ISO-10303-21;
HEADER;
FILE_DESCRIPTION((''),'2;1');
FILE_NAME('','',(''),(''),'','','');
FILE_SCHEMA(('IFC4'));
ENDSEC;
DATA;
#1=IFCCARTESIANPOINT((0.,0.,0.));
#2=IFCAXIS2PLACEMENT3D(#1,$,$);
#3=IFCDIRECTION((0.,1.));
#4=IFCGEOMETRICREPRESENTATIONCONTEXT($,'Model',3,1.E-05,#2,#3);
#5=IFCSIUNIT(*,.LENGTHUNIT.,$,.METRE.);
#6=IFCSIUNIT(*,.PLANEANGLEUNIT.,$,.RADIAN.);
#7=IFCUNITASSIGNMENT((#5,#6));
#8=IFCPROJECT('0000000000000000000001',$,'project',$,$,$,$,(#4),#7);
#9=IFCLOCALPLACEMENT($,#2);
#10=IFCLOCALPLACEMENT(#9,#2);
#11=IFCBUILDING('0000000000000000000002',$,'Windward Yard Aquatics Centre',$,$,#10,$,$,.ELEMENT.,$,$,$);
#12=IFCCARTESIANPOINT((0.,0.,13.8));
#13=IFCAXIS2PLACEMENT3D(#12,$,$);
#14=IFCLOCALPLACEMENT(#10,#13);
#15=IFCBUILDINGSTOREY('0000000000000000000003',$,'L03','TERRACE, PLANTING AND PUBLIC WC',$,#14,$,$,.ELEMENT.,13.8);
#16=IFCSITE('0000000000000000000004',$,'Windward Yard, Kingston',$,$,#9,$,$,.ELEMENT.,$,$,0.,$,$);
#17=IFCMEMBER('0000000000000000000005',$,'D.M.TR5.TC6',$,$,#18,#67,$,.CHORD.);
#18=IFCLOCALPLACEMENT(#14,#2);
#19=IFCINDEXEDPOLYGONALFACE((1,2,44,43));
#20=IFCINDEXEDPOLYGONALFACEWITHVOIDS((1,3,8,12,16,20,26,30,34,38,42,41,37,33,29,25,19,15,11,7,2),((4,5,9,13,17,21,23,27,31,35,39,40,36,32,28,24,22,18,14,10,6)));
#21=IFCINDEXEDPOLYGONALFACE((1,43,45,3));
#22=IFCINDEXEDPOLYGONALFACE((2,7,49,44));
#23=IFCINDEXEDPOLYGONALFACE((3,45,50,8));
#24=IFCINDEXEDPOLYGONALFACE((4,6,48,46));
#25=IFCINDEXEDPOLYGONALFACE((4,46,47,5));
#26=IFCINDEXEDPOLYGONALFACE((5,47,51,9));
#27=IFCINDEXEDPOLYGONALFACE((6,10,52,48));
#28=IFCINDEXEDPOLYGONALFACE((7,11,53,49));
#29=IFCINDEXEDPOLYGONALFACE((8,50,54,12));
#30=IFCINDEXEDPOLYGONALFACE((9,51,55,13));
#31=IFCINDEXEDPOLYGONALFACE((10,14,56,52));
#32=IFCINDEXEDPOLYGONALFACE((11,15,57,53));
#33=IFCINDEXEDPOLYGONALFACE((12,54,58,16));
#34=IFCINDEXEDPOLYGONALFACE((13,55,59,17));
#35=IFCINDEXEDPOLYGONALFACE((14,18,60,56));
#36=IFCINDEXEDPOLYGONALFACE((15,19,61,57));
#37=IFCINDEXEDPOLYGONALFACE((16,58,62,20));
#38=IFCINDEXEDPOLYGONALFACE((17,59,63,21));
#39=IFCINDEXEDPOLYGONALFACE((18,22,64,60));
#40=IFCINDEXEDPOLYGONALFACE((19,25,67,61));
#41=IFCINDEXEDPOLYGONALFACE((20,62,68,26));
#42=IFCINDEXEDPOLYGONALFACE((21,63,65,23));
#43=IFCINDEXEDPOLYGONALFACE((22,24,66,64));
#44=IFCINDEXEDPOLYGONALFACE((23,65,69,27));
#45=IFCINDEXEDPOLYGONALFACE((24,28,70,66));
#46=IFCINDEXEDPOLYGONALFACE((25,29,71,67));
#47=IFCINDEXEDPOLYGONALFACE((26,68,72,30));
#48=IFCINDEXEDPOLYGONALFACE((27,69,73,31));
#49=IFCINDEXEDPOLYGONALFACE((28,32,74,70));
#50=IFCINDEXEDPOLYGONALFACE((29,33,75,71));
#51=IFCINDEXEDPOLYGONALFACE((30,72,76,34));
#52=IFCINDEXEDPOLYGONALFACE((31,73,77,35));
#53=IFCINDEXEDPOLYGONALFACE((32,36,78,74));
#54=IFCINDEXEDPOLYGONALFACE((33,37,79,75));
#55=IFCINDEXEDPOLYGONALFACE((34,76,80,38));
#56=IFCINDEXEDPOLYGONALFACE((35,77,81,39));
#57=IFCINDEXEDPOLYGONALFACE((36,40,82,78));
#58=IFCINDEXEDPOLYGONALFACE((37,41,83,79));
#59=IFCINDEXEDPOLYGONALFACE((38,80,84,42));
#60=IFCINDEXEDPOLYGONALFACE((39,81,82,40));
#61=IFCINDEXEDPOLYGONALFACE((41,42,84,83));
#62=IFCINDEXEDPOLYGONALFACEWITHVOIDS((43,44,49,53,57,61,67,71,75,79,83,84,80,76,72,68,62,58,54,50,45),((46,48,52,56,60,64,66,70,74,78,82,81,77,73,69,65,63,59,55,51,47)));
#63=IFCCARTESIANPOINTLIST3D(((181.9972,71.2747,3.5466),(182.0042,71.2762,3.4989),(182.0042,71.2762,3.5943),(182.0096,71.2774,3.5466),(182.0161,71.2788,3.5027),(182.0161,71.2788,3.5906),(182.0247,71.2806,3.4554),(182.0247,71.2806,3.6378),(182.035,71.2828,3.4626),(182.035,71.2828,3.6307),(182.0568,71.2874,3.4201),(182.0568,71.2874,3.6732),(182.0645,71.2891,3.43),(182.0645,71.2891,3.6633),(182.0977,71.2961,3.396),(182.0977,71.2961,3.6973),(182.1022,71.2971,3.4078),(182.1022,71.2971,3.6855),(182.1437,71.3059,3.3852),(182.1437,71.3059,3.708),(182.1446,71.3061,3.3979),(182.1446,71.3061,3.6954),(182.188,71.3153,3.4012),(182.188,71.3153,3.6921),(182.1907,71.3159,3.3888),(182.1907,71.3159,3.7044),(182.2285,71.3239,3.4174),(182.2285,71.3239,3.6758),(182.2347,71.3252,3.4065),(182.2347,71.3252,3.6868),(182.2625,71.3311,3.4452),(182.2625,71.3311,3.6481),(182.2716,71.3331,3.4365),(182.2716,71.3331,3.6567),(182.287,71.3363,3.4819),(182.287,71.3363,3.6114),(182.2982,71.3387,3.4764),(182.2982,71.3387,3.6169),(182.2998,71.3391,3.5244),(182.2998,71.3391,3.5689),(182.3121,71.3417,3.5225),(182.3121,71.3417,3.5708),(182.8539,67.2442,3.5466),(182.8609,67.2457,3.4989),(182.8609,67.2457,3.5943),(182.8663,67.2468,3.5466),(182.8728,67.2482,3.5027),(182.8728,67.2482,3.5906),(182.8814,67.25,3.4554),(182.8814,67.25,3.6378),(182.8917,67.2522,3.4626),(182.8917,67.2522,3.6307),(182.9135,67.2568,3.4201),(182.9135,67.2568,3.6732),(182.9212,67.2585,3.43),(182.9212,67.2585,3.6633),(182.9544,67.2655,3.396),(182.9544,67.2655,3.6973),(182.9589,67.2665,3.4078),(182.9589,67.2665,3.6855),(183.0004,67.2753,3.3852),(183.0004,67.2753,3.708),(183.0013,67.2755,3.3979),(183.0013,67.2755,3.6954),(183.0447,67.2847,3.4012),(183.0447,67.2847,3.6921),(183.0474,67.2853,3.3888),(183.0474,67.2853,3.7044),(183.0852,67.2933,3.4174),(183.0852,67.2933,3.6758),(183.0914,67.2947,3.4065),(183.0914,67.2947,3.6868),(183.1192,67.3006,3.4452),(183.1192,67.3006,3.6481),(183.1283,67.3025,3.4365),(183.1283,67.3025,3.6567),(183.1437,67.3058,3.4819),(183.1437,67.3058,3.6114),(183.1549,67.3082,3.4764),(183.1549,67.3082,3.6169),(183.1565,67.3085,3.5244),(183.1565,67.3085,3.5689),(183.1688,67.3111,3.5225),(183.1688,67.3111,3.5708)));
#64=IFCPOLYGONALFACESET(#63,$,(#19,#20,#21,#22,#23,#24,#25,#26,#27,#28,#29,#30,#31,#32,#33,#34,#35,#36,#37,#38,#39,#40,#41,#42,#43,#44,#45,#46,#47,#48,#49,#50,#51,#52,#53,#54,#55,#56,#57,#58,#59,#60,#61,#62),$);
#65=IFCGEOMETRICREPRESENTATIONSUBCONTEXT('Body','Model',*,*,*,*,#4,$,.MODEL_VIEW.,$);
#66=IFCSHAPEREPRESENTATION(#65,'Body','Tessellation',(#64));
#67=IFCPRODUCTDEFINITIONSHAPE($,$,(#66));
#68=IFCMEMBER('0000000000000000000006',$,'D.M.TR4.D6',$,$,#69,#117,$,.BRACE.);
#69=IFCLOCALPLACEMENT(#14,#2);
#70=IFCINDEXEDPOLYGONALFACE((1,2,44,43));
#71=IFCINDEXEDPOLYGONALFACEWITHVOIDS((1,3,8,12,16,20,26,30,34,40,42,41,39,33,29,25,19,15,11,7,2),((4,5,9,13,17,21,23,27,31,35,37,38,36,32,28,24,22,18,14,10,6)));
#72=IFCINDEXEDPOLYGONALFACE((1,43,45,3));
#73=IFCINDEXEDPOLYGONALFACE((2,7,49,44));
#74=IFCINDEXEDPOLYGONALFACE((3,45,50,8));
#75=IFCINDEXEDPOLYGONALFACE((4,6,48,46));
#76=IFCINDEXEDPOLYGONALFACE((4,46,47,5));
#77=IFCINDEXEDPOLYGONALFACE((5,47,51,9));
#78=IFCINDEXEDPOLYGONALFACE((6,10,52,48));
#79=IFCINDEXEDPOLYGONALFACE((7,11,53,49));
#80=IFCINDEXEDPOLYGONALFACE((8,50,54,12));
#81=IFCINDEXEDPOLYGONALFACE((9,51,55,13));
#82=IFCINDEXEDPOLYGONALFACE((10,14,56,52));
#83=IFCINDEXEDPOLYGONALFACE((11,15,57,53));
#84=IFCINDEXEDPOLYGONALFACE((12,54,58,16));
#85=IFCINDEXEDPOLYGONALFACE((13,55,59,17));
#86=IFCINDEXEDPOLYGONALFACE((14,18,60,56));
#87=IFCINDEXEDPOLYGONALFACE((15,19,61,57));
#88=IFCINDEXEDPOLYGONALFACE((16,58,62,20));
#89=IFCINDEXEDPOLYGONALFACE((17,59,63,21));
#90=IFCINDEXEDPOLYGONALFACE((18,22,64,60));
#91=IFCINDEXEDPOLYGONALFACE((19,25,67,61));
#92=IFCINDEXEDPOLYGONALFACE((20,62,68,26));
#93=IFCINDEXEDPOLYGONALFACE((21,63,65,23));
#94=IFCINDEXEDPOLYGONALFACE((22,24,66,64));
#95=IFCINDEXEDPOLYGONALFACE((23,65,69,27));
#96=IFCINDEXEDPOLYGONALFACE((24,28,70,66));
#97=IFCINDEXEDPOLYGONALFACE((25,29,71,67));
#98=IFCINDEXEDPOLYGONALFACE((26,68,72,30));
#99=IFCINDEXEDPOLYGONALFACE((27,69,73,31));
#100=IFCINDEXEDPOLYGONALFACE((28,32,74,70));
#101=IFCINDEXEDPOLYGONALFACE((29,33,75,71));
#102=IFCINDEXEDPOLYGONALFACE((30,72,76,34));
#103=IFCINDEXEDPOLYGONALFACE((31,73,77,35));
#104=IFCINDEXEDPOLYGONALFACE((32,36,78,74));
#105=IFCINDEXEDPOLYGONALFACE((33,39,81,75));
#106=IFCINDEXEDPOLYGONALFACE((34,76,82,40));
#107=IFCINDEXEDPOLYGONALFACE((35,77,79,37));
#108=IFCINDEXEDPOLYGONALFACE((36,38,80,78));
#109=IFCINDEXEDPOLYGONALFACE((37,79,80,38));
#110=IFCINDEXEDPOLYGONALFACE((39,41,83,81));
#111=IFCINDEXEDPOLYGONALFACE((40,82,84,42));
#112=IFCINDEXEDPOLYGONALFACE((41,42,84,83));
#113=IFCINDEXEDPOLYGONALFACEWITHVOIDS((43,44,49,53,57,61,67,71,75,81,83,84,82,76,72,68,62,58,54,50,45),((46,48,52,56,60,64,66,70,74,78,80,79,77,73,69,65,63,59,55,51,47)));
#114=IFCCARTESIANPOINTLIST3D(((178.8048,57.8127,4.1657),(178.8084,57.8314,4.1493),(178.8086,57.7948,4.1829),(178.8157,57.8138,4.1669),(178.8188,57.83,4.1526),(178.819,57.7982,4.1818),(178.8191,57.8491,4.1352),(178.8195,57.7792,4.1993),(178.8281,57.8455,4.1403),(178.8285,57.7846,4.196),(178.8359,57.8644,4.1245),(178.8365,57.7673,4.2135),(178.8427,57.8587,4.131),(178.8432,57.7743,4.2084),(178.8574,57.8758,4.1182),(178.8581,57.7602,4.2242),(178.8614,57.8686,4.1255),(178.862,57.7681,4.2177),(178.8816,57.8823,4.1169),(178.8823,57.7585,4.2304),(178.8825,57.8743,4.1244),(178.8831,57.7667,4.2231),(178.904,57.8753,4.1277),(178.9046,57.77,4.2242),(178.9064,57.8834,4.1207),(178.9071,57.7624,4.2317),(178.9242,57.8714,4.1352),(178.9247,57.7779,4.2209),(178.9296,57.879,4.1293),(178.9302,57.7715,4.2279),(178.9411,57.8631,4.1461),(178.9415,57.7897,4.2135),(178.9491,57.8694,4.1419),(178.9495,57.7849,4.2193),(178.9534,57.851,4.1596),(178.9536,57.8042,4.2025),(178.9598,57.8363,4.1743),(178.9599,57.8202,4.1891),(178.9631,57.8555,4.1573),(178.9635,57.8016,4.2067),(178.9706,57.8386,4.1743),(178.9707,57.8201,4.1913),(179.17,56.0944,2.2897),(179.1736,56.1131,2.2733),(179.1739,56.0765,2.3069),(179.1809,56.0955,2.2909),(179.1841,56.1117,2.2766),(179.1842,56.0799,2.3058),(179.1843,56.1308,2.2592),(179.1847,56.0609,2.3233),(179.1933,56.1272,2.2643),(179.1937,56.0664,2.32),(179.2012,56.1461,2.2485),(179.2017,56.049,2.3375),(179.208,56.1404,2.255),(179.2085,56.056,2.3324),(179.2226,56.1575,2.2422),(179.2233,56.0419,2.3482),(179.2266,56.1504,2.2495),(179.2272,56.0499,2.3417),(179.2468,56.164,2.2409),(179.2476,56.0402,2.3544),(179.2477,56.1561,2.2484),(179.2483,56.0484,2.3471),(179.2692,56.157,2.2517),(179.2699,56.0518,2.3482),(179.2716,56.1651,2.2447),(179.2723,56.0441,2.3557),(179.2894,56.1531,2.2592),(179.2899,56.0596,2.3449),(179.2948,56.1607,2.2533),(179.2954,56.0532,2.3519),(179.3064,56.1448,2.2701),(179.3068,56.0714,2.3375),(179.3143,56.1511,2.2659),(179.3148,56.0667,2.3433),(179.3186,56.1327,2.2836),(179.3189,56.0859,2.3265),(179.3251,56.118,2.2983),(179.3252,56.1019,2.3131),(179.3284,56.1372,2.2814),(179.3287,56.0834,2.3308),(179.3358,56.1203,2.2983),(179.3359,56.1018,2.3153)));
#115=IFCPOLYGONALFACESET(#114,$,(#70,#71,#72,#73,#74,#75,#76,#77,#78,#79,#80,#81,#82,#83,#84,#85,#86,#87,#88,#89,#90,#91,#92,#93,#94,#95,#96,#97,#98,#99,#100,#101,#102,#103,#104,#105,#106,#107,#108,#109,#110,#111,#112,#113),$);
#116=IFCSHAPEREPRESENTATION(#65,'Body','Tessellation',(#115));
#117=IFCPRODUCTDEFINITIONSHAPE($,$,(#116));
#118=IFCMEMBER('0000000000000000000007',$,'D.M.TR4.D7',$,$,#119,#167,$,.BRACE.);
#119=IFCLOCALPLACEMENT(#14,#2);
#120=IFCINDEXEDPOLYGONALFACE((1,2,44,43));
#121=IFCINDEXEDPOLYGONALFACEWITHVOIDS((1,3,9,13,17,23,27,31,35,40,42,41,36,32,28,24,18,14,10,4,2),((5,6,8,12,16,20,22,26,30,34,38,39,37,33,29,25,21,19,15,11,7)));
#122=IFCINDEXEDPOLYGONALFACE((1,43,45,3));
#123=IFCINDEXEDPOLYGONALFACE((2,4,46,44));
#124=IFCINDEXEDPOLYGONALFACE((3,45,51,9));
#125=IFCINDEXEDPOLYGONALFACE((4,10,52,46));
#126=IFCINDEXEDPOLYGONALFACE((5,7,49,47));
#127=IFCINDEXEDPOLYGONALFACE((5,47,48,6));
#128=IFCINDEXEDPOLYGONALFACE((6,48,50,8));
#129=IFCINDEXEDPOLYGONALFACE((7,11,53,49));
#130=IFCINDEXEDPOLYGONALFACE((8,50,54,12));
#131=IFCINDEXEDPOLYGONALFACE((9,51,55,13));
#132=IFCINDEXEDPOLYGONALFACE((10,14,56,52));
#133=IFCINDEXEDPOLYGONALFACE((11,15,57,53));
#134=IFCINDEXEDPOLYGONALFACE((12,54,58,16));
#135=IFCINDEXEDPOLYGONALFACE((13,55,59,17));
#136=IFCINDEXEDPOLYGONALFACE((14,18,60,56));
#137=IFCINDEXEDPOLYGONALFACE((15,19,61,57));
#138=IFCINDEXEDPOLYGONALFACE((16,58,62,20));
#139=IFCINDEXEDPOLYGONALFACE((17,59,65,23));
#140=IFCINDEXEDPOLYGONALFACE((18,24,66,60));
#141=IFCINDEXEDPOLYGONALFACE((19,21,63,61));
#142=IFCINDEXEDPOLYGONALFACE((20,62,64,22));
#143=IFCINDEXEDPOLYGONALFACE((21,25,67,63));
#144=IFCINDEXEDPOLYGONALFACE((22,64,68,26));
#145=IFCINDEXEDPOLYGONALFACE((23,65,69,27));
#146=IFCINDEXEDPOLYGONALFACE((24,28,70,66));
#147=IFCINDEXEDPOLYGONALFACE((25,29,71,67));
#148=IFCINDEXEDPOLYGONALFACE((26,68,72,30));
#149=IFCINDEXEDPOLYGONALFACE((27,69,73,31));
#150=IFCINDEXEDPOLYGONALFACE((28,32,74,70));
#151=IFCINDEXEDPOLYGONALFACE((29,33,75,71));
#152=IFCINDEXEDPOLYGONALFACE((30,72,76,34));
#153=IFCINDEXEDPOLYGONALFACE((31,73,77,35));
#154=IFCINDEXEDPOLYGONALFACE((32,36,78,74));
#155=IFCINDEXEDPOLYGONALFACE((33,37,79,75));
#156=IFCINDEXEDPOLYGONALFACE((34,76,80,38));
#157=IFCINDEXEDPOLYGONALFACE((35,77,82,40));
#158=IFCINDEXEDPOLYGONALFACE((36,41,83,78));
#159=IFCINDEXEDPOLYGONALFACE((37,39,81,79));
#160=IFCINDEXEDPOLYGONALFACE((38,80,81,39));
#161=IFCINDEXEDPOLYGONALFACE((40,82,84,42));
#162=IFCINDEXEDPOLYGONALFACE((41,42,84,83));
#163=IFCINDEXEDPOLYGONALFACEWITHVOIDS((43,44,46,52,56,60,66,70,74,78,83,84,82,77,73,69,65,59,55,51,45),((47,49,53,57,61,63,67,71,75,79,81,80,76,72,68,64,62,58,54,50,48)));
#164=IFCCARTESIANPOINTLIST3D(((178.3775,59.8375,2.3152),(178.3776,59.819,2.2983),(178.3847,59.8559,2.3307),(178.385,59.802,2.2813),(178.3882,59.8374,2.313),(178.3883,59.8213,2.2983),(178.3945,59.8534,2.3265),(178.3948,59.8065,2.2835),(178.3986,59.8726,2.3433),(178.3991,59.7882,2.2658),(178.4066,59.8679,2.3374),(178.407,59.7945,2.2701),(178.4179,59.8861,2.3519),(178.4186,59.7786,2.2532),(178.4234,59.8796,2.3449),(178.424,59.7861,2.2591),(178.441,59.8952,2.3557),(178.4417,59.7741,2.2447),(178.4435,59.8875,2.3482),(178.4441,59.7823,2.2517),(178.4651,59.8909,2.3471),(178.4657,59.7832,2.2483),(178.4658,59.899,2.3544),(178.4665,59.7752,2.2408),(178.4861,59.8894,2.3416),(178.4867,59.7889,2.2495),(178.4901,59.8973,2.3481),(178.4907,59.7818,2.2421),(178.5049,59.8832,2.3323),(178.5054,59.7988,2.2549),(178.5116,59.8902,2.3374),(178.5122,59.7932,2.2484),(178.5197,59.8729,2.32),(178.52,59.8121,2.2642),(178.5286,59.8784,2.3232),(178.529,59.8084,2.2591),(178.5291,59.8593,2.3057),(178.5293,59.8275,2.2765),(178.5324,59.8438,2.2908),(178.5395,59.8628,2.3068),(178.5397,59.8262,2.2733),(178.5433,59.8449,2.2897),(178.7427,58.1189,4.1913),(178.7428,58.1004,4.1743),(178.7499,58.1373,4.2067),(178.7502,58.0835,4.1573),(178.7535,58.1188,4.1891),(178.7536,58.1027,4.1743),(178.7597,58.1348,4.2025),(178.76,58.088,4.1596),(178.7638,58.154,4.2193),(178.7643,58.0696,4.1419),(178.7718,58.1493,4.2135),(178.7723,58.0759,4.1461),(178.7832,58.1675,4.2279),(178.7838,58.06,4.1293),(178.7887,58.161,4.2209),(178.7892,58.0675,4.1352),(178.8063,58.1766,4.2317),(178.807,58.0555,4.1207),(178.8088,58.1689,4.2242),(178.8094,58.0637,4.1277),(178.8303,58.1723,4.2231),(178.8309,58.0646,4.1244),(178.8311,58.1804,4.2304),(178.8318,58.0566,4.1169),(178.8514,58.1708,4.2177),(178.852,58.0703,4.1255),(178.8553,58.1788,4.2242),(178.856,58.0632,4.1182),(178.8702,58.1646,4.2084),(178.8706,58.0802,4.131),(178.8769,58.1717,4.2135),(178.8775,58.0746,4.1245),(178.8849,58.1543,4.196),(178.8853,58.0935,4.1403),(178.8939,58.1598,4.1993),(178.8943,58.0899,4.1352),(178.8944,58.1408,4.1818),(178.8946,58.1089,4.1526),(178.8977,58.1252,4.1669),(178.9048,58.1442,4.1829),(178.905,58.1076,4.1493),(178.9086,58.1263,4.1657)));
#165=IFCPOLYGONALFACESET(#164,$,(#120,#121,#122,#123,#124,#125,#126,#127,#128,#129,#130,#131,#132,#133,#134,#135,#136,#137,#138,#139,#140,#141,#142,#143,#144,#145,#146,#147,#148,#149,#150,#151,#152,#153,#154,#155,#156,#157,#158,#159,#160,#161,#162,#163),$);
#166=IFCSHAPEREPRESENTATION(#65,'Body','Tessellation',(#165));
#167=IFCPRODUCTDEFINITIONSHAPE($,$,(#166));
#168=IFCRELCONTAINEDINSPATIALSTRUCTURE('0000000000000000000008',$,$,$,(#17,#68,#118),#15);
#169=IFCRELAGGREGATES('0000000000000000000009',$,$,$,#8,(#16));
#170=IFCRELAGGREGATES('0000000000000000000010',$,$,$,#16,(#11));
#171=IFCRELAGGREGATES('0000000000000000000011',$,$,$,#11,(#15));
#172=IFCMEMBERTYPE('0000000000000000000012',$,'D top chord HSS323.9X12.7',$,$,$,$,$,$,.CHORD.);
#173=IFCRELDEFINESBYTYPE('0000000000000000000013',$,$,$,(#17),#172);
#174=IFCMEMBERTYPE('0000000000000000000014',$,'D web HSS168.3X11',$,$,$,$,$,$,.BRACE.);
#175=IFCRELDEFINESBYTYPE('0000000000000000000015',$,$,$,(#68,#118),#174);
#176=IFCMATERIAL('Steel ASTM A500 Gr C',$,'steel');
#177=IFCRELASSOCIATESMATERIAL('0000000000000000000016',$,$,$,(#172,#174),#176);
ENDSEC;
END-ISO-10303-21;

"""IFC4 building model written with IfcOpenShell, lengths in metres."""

from ifc_helpers import new_model, si_unit, direction, frame, origin, origin_2d, place, context, subcontext, project, spatial, hollow_circle, extrude, material, material_profile, profile_set, type_object, element, save


model = new_model("IFC4")

# Units and contexts
model_context = context("Model", 3, precision=1e-05, world=origin(), true_north=direction((0.0, 1.0)))
body_context = subcontext(model_context, "Body", "Model", "MODEL_VIEW")
ifc_project = project(units=[si_unit("LENGTHUNIT", "METRE"), si_unit("PLANEANGLEUNIT", "RADIAN")], contexts=[model_context])

# Site, building, storey
site_placement = place(None, origin())
site = spatial("IfcSite", under=ifc_project, at=site_placement, Name="Windward Yard, Kingston", CompositionType="ELEMENT", RefElevation=0.0)
building_placement = place(site_placement, origin())
building = spatial("IfcBuilding", under=site, at=building_placement, Name="Windward Yard Aquatics Centre", CompositionType="ELEMENT")
storey_placement = place(building_placement, frame((0.0, 0.0, 13.8)))
storey = spatial("IfcBuildingStorey", under=building, at=storey_placement, Name="L03", Description="TERRACE, PLANTING AND PUBLIC WC", CompositionType="ELEMENT", Elevation=13.8)

# Members
ifc_material_1 = material(Name="Steel ASTM A500 Gr C", Category="steel")
ifc_material_profile_1 = material_profile(ifc_material_1, hollow_circle(Radius=0.1619, WallThickness=0.0127, at=origin_2d()), Name="HSS323.9X12.7")
ifc_profile_set_1 = profile_set([ifc_material_profile_1], Name="Steel ASTM A500 Gr C")
member_type_1 = type_object("IfcMemberType", Name="D top chord HSS323.9X12.7", PredefinedType="CHORD", material=ifc_profile_set_1)
member_1_placement = place(storey_placement, frame((183.0122, 67.2778, 3.5466), z_axis=(-0.207906, 0.978149, 0.0), x_axis=(-0.978149, -0.207906, 0.0)))
element("IfcMember", 1, at=member_1_placement, inside=storey, type_object=member_type_1, Name="D.M.TR5.TC6", PredefinedType="CHORD", context=body_context, shape_type="SweptSolid", body=[
    extrude(hollow_circle(Radius=0.1619, WallThickness=0.0127, at=origin_2d()), origin(), (0.0, 0.0, 1.0), 4.1206),
])
ifc_material_profile_2 = material_profile(ifc_material_1, hollow_circle(Radius=0.0842, WallThickness=0.011, at=origin_2d()), Name="HSS168.3X11")
ifc_profile_set_2 = profile_set([ifc_material_profile_2], Name="Steel ASTM A500 Gr C")
member_type_2 = type_object("IfcMemberType", Name="D web HSS168.3X11", PredefinedType="BRACE", material=ifc_profile_set_2)
member_2_placement = place(storey_placement, frame((178.8882, 57.821, 4.1743), z_axis=(0.142112, -0.668574, -0.729941), x_axis=(0.978147, 0.207915, 0.0)))
element("IfcMember", 2, at=member_2_placement, inside=storey, type_object=member_type_2, Name="D.M.TR4.D6", PredefinedType="BRACE", context=body_context, shape_type="SweptSolid", body=[
    extrude(hollow_circle(Radius=0.0842, WallThickness=0.011, at=origin_2d()), origin(), (0.0, 0.0, 1.0), 2.5701),
])
member_3_placement = place(storey_placement, frame((178.8252, 58.1179, 4.1743), z_axis=(-0.142103, 0.668626, -0.729894), x_axis=(-0.978153, -0.207887, 0.0)))
element("IfcMember", 3, at=member_3_placement, inside=storey, type_object=member_type_2, Name="D.M.TR4.D7", PredefinedType="BRACE", context=body_context, shape_type="SweptSolid", body=[
    extrude(hollow_circle(Radius=0.0842, WallThickness=0.011, at=origin_2d()), origin(), (0.0, 0.0, 1.0), 2.5703),
])

save(model, "model.ifc")
